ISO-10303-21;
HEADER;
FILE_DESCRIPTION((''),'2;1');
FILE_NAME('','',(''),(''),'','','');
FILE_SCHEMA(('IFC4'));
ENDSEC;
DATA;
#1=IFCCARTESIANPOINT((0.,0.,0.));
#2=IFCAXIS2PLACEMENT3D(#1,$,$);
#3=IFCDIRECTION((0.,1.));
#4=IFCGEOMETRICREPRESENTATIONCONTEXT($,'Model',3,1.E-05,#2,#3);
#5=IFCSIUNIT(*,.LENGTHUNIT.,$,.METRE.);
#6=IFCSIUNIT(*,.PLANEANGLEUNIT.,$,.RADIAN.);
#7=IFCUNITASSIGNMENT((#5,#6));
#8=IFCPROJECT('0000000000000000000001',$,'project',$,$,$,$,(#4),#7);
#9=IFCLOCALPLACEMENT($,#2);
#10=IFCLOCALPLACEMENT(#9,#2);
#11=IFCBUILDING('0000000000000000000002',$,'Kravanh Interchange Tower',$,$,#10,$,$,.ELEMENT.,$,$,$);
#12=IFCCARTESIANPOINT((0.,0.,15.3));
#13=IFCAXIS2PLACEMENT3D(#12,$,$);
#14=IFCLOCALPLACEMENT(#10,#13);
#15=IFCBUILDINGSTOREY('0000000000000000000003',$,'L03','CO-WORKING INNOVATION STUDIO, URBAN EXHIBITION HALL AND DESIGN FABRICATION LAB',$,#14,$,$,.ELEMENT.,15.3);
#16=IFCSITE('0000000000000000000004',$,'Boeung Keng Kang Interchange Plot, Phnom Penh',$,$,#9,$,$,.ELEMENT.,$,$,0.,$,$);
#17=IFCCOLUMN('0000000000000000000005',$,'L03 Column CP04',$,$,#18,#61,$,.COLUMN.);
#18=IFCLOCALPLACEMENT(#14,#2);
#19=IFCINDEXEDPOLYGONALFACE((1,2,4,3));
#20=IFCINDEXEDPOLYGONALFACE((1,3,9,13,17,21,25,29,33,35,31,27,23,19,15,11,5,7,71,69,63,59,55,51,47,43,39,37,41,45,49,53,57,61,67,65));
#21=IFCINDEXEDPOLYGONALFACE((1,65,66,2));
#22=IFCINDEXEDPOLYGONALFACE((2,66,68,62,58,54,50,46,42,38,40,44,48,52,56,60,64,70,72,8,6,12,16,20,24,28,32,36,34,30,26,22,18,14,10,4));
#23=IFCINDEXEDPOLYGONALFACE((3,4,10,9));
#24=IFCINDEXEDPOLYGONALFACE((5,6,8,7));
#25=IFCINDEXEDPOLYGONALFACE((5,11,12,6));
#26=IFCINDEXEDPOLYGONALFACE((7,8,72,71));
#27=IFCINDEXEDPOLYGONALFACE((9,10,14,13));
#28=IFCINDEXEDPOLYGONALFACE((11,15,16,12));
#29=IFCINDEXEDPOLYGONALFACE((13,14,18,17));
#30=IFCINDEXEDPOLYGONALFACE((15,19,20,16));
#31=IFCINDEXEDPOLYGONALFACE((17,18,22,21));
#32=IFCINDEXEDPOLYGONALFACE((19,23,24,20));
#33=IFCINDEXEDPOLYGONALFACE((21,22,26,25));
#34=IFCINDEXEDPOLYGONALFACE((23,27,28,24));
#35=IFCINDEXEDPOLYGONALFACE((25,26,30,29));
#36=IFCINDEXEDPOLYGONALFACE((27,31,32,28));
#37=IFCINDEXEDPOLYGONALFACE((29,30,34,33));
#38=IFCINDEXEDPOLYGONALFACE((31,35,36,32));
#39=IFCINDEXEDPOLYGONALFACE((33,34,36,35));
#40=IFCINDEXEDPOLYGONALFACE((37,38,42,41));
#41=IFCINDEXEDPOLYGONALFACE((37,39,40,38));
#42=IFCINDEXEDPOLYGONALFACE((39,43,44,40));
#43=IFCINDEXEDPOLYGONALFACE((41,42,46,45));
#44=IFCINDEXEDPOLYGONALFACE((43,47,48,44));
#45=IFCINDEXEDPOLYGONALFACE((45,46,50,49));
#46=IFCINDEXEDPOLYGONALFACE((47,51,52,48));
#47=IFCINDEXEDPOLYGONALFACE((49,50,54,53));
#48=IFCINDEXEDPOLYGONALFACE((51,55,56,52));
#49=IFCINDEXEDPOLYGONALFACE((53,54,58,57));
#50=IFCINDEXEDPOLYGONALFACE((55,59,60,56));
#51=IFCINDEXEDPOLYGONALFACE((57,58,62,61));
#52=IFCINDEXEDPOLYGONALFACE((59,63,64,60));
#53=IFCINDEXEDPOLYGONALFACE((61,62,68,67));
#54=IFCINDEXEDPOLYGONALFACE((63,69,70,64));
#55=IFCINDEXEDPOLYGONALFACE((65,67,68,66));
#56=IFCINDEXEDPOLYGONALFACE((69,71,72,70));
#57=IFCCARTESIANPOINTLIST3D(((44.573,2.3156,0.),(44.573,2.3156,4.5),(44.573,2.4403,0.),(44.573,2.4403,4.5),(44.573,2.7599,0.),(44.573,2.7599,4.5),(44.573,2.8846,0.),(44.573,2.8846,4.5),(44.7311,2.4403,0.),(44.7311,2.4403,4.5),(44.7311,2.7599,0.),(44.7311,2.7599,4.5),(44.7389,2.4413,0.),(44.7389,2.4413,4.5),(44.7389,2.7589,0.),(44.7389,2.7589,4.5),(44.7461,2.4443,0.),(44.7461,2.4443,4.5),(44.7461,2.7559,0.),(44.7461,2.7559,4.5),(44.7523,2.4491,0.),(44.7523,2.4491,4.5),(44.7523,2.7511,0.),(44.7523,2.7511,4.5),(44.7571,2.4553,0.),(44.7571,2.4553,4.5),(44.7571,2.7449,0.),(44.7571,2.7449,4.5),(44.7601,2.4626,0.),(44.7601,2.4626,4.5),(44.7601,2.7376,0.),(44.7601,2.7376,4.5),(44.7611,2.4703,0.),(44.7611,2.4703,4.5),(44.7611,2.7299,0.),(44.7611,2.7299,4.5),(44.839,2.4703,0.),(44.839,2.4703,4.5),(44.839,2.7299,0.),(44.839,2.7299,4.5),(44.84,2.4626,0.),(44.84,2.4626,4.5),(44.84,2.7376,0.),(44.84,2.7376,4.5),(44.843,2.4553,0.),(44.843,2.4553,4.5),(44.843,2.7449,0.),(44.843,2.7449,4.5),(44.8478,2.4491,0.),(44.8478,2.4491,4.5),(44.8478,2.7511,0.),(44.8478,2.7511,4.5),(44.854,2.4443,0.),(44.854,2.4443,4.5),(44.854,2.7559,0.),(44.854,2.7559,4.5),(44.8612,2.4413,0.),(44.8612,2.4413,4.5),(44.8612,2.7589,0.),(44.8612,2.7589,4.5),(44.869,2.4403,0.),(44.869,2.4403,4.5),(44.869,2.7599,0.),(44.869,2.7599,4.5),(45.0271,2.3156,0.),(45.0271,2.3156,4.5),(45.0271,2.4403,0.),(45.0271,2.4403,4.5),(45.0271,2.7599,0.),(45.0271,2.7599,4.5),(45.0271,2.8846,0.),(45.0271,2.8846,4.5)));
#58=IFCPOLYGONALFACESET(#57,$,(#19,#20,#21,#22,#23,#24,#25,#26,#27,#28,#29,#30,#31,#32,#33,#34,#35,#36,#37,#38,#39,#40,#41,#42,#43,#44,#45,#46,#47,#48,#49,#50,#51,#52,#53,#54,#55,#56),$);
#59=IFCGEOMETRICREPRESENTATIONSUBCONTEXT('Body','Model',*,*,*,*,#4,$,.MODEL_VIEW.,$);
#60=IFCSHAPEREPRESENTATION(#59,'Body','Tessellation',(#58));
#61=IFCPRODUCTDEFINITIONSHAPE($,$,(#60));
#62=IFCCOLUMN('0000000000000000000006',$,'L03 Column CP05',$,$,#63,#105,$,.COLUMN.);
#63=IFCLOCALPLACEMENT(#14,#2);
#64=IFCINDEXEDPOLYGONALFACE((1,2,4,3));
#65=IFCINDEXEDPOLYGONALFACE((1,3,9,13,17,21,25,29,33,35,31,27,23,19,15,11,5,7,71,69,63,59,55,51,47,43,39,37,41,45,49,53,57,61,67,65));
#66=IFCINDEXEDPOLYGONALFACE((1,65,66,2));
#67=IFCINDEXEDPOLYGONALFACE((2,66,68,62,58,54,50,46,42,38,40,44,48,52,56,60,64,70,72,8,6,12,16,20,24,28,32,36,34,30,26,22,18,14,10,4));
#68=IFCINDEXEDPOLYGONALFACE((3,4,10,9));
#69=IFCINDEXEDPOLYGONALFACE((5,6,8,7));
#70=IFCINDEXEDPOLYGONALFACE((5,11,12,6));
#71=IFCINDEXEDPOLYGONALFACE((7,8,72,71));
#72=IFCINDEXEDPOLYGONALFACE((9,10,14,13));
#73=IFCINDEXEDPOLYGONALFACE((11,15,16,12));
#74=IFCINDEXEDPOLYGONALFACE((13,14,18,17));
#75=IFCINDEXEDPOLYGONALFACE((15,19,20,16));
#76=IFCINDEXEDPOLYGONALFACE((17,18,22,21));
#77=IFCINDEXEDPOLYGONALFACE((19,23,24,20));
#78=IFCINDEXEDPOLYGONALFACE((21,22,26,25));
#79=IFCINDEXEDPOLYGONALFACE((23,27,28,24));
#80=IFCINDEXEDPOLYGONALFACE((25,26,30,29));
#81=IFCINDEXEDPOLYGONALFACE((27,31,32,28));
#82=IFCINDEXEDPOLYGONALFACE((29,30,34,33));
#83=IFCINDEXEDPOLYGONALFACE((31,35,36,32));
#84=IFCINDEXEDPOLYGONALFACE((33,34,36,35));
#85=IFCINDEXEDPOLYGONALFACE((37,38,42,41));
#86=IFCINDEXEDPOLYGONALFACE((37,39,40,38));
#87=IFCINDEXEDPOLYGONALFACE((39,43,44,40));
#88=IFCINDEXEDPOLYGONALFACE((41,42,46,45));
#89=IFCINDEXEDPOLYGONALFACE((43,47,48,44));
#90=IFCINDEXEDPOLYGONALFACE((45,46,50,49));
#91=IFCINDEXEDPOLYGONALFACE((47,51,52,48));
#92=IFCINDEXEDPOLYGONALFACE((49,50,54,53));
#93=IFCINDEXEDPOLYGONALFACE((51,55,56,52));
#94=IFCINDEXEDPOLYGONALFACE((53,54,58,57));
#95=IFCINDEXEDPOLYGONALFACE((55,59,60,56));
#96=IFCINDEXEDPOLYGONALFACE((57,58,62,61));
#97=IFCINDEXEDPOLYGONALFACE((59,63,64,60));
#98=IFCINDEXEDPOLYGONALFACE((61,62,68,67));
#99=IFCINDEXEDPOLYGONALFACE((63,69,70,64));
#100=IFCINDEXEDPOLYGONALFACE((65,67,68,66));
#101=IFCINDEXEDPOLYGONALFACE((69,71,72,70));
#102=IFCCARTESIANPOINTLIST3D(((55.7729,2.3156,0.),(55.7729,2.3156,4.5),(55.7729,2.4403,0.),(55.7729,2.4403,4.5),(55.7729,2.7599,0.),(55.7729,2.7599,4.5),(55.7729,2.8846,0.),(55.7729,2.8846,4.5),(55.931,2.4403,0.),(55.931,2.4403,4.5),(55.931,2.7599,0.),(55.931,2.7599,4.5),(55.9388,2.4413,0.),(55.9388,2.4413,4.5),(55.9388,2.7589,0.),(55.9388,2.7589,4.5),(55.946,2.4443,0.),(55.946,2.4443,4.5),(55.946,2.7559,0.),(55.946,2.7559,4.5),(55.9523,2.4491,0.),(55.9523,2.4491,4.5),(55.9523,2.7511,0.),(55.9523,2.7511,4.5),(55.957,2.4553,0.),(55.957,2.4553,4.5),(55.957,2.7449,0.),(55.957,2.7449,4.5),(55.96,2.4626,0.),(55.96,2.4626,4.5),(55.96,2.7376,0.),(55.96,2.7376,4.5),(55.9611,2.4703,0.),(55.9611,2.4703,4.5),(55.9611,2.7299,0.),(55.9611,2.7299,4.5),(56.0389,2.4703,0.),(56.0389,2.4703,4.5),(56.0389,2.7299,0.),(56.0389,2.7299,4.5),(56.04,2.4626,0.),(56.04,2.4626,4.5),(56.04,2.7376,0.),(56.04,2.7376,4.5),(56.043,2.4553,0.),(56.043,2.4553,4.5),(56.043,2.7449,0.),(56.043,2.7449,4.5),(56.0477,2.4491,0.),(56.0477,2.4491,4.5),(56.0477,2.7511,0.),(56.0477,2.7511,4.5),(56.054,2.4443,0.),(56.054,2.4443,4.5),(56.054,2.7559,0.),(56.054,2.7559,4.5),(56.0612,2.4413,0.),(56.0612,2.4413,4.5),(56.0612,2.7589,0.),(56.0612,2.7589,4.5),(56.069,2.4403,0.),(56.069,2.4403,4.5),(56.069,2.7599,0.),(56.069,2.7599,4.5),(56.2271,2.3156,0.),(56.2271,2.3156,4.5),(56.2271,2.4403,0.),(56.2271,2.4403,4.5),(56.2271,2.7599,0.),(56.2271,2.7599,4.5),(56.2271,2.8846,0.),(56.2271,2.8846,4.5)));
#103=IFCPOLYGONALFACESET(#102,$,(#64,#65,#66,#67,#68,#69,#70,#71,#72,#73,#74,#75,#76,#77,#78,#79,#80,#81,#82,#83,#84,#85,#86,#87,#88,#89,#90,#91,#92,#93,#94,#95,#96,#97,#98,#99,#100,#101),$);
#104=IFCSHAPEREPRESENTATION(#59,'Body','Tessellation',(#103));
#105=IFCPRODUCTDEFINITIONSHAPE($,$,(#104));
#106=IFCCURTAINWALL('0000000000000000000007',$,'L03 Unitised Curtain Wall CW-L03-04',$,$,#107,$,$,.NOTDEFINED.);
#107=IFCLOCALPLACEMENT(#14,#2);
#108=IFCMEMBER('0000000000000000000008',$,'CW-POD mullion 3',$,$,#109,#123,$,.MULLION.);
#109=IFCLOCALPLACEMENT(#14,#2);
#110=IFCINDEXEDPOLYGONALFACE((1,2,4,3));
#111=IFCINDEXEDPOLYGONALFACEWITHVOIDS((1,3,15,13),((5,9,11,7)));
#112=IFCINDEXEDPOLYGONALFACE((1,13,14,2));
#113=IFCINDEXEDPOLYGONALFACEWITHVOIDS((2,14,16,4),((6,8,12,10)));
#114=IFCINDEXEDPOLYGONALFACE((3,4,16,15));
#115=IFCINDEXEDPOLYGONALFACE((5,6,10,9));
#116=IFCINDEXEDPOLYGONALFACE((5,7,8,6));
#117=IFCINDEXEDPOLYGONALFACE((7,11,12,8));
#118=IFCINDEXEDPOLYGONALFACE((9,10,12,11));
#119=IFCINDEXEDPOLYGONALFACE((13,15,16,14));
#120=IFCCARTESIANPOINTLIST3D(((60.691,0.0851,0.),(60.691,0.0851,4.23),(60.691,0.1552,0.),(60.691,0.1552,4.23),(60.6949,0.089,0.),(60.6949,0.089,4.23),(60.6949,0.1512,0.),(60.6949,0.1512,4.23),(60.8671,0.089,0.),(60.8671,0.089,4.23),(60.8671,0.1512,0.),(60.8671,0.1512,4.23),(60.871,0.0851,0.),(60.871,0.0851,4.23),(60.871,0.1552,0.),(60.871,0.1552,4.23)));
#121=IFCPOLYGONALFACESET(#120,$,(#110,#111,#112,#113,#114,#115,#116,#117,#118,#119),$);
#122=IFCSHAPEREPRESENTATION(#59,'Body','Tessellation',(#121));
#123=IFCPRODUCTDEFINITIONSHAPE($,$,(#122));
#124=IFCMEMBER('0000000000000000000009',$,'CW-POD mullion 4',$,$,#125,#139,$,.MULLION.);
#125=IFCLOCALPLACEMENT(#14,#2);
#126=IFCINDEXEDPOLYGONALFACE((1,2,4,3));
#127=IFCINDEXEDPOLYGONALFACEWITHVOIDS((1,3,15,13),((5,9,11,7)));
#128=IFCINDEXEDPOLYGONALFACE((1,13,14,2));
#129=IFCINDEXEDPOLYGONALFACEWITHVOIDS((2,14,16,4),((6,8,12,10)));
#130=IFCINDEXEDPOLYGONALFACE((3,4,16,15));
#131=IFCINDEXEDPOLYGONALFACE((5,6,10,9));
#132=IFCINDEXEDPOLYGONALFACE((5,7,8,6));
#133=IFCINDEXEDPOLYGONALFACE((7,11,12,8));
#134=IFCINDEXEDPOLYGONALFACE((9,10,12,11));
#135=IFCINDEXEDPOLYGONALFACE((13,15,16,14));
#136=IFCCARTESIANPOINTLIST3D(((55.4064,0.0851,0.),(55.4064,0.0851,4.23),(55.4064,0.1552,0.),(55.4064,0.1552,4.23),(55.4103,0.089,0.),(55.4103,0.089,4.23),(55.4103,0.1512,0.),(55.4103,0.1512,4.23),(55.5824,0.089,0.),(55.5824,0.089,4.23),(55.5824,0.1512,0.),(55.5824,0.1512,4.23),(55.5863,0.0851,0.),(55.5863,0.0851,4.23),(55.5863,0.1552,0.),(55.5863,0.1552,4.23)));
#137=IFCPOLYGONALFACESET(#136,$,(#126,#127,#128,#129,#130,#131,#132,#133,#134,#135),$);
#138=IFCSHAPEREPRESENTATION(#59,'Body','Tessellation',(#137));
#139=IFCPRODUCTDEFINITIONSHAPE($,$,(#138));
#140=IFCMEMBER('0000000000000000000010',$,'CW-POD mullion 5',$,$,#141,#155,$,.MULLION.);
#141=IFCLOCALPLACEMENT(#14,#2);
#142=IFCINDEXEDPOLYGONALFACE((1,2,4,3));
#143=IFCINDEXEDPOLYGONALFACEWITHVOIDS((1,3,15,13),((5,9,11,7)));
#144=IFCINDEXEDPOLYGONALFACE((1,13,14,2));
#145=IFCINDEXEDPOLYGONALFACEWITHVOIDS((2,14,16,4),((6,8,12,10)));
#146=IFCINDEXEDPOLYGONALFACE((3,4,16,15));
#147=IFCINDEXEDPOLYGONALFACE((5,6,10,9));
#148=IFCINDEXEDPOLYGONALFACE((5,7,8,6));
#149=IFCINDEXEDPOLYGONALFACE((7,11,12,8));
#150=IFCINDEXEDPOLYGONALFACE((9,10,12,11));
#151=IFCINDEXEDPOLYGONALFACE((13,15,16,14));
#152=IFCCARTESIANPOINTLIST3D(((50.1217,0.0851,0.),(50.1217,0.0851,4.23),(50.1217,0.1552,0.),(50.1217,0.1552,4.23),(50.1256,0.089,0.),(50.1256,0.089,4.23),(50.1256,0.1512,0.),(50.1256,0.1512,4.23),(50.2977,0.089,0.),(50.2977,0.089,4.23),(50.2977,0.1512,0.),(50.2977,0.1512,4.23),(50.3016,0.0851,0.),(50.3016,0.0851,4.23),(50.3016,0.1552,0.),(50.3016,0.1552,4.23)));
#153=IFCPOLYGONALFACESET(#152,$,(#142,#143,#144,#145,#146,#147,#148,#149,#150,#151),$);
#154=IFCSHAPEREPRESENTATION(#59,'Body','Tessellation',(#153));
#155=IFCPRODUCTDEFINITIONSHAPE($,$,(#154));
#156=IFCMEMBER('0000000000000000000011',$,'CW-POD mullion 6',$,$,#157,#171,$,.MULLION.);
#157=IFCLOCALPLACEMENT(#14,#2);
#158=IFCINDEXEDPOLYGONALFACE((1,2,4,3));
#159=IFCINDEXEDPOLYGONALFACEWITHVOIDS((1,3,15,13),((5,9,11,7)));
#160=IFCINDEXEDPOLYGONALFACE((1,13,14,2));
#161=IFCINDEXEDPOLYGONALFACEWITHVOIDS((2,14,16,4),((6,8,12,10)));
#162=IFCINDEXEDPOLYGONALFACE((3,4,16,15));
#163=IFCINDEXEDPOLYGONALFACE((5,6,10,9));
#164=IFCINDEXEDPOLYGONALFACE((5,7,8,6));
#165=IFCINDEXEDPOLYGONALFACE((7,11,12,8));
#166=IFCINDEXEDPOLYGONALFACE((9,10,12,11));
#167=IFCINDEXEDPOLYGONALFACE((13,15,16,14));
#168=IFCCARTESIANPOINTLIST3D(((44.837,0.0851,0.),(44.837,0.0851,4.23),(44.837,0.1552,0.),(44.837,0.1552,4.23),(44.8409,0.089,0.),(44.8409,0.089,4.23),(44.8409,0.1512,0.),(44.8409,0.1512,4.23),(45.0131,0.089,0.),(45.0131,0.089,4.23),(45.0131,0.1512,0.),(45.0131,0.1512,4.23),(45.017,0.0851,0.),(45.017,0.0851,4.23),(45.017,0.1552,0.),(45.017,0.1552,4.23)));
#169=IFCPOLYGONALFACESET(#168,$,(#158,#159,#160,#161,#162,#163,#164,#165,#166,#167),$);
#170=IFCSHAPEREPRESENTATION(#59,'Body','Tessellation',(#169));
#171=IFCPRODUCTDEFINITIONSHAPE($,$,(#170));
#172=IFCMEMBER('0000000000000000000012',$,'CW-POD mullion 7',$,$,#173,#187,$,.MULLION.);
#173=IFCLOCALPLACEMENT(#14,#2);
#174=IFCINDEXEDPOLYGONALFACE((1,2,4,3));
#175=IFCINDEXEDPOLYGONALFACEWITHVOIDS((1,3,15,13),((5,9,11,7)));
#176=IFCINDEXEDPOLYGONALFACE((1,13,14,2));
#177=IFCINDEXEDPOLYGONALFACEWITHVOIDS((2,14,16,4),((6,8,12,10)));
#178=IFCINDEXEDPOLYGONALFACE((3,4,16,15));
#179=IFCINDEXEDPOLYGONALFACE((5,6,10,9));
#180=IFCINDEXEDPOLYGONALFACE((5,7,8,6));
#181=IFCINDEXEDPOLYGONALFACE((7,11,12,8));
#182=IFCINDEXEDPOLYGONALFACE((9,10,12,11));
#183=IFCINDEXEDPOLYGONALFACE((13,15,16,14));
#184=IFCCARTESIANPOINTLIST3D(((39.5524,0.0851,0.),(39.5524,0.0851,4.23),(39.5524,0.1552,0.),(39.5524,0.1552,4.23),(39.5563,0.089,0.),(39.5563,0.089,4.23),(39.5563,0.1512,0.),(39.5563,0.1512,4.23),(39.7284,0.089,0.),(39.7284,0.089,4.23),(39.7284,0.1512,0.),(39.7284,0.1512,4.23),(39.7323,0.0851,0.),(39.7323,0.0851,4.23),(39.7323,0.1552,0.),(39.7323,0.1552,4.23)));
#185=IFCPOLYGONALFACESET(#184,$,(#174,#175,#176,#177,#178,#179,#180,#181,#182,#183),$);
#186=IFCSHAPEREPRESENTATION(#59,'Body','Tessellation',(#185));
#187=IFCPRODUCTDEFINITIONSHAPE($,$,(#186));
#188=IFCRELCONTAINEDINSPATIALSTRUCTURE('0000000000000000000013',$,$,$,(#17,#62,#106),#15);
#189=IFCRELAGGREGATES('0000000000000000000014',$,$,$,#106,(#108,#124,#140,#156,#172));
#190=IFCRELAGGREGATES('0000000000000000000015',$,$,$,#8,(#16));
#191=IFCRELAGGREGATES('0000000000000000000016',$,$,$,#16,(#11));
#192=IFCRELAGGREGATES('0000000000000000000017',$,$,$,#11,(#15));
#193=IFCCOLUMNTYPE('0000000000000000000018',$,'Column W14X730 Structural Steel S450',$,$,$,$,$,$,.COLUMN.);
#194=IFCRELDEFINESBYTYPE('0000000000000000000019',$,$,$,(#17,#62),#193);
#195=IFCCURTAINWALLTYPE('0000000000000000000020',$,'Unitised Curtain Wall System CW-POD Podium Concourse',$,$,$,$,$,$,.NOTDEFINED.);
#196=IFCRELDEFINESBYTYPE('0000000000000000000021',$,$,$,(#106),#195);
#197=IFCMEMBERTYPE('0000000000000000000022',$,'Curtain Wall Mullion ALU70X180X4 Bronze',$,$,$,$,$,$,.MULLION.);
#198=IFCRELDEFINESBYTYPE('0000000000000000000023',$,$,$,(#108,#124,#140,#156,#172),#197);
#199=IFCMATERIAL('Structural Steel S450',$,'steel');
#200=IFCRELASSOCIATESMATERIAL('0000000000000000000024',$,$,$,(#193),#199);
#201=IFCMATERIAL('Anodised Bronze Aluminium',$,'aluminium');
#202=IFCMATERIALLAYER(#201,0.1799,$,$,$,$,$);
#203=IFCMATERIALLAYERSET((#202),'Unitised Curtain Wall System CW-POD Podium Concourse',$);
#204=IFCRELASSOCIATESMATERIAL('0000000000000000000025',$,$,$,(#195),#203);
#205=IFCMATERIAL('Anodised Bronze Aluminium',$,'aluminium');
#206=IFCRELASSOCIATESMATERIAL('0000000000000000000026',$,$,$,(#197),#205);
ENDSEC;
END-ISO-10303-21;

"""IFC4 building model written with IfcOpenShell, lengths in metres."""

from ifc_helpers import new_model, si_unit, direction, frame, origin, origin_2d, place, context, subcontext, project, spatial, hollow_rectangle, i_section, extrude, material, layer, layer_set, material_profile, profile_set, type_object, element, aggregate, save


model = new_model("IFC4")

# Units and contexts
model_context = context("Model", 3, precision=1e-05, world=origin(), true_north=direction((0.0, 1.0)))
body_context = subcontext(model_context, "Body", "Model", "MODEL_VIEW")
ifc_project = project(units=[si_unit("LENGTHUNIT", "METRE"), si_unit("PLANEANGLEUNIT", "RADIAN")], contexts=[model_context])

# Site, building, storey
site_placement = place(None, origin())
site = spatial("IfcSite", under=ifc_project, at=site_placement, Name="Boeung Keng Kang Interchange Plot, Phnom Penh", CompositionType="ELEMENT", RefElevation=0.0)
building_placement = place(site_placement, origin())
building = spatial("IfcBuilding", under=site, at=building_placement, Name="Kravanh Interchange Tower", CompositionType="ELEMENT")
storey_placement = place(building_placement, frame((0.0, 0.0, 15.3)))
storey = spatial("IfcBuildingStorey", under=building, at=storey_placement, Name="L03", Description="CO-WORKING INNOVATION STUDIO, URBAN EXHIBITION HALL AND DESIGN FABRICATION LAB", CompositionType="ELEMENT", Elevation=15.3)

# Columns
ifc_material_1 = material(Name="Structural Steel S450", Category="steel")
ifc_material_profile_1 = material_profile(ifc_material_1, i_section(OverallWidth=0.4541, OverallDepth=0.5691, WebThickness=0.0779, FlangeThickness=0.1248, FilletRadius=0.03, at=origin_2d()), Name="W14X730")
ifc_profile_set_1 = profile_set([ifc_material_profile_1], Name="Structural Steel S450")
column_type = type_object("IfcColumnType", Name="Column W14X730 Structural Steel S450", PredefinedType="COLUMN", material=ifc_profile_set_1)
for number, where, z_axis, x_axis, name in (
    (1, (44.8, 2.6001, 0.0), (0.0, 0.0, 1.0), (1.0, 0.0, 0.0), "L03 Column CP04"),
    (2, (56.0, 2.6001, 0.0), (0.0, 0.0, 1.0), (1.0, 0.0, 0.0), "L03 Column CP05"),
):
    element("IfcColumn", number, at=place(storey_placement, frame(where, z_axis=z_axis, x_axis=x_axis)), inside=storey, type_object=column_type, Name=name, PredefinedType="COLUMN", context=body_context, shape_type="SweptSolid", body=[
        extrude(i_section(OverallWidth=0.4541, OverallDepth=0.5691, WebThickness=0.0779, FlangeThickness=0.1248, FilletRadius=0.03, at=origin_2d()), origin(), (0.0, 0.0, 1.0), 4.5),
    ])

# Curtain wall, members
ifc_material_2 = material(Name="Anodised Bronze Aluminium", Category="aluminium")
ifc_layer_1 = layer(ifc_material_2, 0.1799)
ifc_layer_set_1 = layer_set([ifc_layer_1], Name="Unitised Curtain Wall System CW-POD Podium Concourse")
curtain_wall_type = type_object("IfcCurtainWallType", Name="Unitised Curtain Wall System CW-POD Podium Concourse", PredefinedType="NOTDEFINED", material=ifc_layer_set_1)
curtain_wall_placement = place(storey_placement, origin())
curtain_wall = element("IfcCurtainWall", 3, at=curtain_wall_placement, inside=storey, type_object=curtain_wall_type, Name="L03 Unitised Curtain Wall CW-L03-04", PredefinedType="NOTDEFINED")
ifc_material_3 = material(Name="Anodised Bronze Aluminium", Category="aluminium")
ifc_material_profile_2 = material_profile(ifc_material_3, hollow_rectangle(XDim=0.0701, YDim=0.1799, WallThickness=0.0039, at=origin_2d()), Name="ALU70X180X4")
ifc_profile_set_2 = profile_set([ifc_material_profile_2], Name="Anodised Bronze Aluminium")
member_type_1 = type_object("IfcMemberType", Name="Curtain Wall Mullion ALU70X180X4 Bronze", PredefinedType="MULLION", material=ifc_profile_set_2)
member_1_placement = place(storey_placement, frame((60.781, 0.1201, 0.0), z_axis=(0.0, 0.0, 1.0), x_axis=(0.0, -1.0, 0.0)))
member_1 = element("IfcMember", 4, at=member_1_placement, type_object=member_type_1, Name="CW-POD mullion 3", PredefinedType="MULLION", context=body_context, shape_type="SweptSolid", body=[
    extrude(hollow_rectangle(XDim=0.0701, YDim=0.1799, WallThickness=0.0039, at=origin_2d()), origin(), (0.0, 0.0, 1.0), 4.23),
])
member_2_placement = place(storey_placement, frame((55.4963, 0.1201, 0.0), z_axis=(0.0, 0.0, 1.0), x_axis=(0.0, -1.0, 0.0)))
member_2 = element("IfcMember", 5, at=member_2_placement, type_object=member_type_1, Name="CW-POD mullion 4", PredefinedType="MULLION", context=body_context, shape_type="SweptSolid", body=[
    extrude(hollow_rectangle(XDim=0.0701, YDim=0.1799, WallThickness=0.0039, at=origin_2d()), origin(), (0.0, 0.0, 1.0), 4.23),
])
member_3_placement = place(storey_placement, frame((50.2117, 0.1201, 0.0), z_axis=(0.0, 0.0, 1.0), x_axis=(0.0, -1.0, 0.0)))
member_3 = element("IfcMember", 6, at=member_3_placement, type_object=member_type_1, Name="CW-POD mullion 5", PredefinedType="MULLION", context=body_context, shape_type="SweptSolid", body=[
    extrude(hollow_rectangle(XDim=0.0701, YDim=0.1799, WallThickness=0.0039, at=origin_2d()), origin(), (0.0, 0.0, 1.0), 4.23),
])
member_4_placement = place(storey_placement, frame((44.927, 0.1201, 0.0), z_axis=(0.0, 0.0, 1.0), x_axis=(0.0, -1.0, 0.0)))
member_4 = element("IfcMember", 7, at=member_4_placement, type_object=member_type_1, Name="CW-POD mullion 6", PredefinedType="MULLION", context=body_context, shape_type="SweptSolid", body=[
    extrude(hollow_rectangle(XDim=0.0701, YDim=0.1799, WallThickness=0.0039, at=origin_2d()), origin(), (0.0, 0.0, 1.0), 4.23),
])
member_5_placement = place(storey_placement, frame((39.6423, 0.1201, 0.0), z_axis=(0.0, 0.0, 1.0), x_axis=(0.0, -1.0, 0.0)))
member_5 = element("IfcMember", 8, at=member_5_placement, type_object=member_type_1, Name="CW-POD mullion 7", PredefinedType="MULLION", context=body_context, shape_type="SweptSolid", body=[
    extrude(hollow_rectangle(XDim=0.0701, YDim=0.1799, WallThickness=0.0039, at=origin_2d()), origin(), (0.0, 0.0, 1.0), 4.23),
])

aggregate(curtain_wall, [member_1, member_2, member_3, member_4, member_5])

save(model, "model.ifc")
